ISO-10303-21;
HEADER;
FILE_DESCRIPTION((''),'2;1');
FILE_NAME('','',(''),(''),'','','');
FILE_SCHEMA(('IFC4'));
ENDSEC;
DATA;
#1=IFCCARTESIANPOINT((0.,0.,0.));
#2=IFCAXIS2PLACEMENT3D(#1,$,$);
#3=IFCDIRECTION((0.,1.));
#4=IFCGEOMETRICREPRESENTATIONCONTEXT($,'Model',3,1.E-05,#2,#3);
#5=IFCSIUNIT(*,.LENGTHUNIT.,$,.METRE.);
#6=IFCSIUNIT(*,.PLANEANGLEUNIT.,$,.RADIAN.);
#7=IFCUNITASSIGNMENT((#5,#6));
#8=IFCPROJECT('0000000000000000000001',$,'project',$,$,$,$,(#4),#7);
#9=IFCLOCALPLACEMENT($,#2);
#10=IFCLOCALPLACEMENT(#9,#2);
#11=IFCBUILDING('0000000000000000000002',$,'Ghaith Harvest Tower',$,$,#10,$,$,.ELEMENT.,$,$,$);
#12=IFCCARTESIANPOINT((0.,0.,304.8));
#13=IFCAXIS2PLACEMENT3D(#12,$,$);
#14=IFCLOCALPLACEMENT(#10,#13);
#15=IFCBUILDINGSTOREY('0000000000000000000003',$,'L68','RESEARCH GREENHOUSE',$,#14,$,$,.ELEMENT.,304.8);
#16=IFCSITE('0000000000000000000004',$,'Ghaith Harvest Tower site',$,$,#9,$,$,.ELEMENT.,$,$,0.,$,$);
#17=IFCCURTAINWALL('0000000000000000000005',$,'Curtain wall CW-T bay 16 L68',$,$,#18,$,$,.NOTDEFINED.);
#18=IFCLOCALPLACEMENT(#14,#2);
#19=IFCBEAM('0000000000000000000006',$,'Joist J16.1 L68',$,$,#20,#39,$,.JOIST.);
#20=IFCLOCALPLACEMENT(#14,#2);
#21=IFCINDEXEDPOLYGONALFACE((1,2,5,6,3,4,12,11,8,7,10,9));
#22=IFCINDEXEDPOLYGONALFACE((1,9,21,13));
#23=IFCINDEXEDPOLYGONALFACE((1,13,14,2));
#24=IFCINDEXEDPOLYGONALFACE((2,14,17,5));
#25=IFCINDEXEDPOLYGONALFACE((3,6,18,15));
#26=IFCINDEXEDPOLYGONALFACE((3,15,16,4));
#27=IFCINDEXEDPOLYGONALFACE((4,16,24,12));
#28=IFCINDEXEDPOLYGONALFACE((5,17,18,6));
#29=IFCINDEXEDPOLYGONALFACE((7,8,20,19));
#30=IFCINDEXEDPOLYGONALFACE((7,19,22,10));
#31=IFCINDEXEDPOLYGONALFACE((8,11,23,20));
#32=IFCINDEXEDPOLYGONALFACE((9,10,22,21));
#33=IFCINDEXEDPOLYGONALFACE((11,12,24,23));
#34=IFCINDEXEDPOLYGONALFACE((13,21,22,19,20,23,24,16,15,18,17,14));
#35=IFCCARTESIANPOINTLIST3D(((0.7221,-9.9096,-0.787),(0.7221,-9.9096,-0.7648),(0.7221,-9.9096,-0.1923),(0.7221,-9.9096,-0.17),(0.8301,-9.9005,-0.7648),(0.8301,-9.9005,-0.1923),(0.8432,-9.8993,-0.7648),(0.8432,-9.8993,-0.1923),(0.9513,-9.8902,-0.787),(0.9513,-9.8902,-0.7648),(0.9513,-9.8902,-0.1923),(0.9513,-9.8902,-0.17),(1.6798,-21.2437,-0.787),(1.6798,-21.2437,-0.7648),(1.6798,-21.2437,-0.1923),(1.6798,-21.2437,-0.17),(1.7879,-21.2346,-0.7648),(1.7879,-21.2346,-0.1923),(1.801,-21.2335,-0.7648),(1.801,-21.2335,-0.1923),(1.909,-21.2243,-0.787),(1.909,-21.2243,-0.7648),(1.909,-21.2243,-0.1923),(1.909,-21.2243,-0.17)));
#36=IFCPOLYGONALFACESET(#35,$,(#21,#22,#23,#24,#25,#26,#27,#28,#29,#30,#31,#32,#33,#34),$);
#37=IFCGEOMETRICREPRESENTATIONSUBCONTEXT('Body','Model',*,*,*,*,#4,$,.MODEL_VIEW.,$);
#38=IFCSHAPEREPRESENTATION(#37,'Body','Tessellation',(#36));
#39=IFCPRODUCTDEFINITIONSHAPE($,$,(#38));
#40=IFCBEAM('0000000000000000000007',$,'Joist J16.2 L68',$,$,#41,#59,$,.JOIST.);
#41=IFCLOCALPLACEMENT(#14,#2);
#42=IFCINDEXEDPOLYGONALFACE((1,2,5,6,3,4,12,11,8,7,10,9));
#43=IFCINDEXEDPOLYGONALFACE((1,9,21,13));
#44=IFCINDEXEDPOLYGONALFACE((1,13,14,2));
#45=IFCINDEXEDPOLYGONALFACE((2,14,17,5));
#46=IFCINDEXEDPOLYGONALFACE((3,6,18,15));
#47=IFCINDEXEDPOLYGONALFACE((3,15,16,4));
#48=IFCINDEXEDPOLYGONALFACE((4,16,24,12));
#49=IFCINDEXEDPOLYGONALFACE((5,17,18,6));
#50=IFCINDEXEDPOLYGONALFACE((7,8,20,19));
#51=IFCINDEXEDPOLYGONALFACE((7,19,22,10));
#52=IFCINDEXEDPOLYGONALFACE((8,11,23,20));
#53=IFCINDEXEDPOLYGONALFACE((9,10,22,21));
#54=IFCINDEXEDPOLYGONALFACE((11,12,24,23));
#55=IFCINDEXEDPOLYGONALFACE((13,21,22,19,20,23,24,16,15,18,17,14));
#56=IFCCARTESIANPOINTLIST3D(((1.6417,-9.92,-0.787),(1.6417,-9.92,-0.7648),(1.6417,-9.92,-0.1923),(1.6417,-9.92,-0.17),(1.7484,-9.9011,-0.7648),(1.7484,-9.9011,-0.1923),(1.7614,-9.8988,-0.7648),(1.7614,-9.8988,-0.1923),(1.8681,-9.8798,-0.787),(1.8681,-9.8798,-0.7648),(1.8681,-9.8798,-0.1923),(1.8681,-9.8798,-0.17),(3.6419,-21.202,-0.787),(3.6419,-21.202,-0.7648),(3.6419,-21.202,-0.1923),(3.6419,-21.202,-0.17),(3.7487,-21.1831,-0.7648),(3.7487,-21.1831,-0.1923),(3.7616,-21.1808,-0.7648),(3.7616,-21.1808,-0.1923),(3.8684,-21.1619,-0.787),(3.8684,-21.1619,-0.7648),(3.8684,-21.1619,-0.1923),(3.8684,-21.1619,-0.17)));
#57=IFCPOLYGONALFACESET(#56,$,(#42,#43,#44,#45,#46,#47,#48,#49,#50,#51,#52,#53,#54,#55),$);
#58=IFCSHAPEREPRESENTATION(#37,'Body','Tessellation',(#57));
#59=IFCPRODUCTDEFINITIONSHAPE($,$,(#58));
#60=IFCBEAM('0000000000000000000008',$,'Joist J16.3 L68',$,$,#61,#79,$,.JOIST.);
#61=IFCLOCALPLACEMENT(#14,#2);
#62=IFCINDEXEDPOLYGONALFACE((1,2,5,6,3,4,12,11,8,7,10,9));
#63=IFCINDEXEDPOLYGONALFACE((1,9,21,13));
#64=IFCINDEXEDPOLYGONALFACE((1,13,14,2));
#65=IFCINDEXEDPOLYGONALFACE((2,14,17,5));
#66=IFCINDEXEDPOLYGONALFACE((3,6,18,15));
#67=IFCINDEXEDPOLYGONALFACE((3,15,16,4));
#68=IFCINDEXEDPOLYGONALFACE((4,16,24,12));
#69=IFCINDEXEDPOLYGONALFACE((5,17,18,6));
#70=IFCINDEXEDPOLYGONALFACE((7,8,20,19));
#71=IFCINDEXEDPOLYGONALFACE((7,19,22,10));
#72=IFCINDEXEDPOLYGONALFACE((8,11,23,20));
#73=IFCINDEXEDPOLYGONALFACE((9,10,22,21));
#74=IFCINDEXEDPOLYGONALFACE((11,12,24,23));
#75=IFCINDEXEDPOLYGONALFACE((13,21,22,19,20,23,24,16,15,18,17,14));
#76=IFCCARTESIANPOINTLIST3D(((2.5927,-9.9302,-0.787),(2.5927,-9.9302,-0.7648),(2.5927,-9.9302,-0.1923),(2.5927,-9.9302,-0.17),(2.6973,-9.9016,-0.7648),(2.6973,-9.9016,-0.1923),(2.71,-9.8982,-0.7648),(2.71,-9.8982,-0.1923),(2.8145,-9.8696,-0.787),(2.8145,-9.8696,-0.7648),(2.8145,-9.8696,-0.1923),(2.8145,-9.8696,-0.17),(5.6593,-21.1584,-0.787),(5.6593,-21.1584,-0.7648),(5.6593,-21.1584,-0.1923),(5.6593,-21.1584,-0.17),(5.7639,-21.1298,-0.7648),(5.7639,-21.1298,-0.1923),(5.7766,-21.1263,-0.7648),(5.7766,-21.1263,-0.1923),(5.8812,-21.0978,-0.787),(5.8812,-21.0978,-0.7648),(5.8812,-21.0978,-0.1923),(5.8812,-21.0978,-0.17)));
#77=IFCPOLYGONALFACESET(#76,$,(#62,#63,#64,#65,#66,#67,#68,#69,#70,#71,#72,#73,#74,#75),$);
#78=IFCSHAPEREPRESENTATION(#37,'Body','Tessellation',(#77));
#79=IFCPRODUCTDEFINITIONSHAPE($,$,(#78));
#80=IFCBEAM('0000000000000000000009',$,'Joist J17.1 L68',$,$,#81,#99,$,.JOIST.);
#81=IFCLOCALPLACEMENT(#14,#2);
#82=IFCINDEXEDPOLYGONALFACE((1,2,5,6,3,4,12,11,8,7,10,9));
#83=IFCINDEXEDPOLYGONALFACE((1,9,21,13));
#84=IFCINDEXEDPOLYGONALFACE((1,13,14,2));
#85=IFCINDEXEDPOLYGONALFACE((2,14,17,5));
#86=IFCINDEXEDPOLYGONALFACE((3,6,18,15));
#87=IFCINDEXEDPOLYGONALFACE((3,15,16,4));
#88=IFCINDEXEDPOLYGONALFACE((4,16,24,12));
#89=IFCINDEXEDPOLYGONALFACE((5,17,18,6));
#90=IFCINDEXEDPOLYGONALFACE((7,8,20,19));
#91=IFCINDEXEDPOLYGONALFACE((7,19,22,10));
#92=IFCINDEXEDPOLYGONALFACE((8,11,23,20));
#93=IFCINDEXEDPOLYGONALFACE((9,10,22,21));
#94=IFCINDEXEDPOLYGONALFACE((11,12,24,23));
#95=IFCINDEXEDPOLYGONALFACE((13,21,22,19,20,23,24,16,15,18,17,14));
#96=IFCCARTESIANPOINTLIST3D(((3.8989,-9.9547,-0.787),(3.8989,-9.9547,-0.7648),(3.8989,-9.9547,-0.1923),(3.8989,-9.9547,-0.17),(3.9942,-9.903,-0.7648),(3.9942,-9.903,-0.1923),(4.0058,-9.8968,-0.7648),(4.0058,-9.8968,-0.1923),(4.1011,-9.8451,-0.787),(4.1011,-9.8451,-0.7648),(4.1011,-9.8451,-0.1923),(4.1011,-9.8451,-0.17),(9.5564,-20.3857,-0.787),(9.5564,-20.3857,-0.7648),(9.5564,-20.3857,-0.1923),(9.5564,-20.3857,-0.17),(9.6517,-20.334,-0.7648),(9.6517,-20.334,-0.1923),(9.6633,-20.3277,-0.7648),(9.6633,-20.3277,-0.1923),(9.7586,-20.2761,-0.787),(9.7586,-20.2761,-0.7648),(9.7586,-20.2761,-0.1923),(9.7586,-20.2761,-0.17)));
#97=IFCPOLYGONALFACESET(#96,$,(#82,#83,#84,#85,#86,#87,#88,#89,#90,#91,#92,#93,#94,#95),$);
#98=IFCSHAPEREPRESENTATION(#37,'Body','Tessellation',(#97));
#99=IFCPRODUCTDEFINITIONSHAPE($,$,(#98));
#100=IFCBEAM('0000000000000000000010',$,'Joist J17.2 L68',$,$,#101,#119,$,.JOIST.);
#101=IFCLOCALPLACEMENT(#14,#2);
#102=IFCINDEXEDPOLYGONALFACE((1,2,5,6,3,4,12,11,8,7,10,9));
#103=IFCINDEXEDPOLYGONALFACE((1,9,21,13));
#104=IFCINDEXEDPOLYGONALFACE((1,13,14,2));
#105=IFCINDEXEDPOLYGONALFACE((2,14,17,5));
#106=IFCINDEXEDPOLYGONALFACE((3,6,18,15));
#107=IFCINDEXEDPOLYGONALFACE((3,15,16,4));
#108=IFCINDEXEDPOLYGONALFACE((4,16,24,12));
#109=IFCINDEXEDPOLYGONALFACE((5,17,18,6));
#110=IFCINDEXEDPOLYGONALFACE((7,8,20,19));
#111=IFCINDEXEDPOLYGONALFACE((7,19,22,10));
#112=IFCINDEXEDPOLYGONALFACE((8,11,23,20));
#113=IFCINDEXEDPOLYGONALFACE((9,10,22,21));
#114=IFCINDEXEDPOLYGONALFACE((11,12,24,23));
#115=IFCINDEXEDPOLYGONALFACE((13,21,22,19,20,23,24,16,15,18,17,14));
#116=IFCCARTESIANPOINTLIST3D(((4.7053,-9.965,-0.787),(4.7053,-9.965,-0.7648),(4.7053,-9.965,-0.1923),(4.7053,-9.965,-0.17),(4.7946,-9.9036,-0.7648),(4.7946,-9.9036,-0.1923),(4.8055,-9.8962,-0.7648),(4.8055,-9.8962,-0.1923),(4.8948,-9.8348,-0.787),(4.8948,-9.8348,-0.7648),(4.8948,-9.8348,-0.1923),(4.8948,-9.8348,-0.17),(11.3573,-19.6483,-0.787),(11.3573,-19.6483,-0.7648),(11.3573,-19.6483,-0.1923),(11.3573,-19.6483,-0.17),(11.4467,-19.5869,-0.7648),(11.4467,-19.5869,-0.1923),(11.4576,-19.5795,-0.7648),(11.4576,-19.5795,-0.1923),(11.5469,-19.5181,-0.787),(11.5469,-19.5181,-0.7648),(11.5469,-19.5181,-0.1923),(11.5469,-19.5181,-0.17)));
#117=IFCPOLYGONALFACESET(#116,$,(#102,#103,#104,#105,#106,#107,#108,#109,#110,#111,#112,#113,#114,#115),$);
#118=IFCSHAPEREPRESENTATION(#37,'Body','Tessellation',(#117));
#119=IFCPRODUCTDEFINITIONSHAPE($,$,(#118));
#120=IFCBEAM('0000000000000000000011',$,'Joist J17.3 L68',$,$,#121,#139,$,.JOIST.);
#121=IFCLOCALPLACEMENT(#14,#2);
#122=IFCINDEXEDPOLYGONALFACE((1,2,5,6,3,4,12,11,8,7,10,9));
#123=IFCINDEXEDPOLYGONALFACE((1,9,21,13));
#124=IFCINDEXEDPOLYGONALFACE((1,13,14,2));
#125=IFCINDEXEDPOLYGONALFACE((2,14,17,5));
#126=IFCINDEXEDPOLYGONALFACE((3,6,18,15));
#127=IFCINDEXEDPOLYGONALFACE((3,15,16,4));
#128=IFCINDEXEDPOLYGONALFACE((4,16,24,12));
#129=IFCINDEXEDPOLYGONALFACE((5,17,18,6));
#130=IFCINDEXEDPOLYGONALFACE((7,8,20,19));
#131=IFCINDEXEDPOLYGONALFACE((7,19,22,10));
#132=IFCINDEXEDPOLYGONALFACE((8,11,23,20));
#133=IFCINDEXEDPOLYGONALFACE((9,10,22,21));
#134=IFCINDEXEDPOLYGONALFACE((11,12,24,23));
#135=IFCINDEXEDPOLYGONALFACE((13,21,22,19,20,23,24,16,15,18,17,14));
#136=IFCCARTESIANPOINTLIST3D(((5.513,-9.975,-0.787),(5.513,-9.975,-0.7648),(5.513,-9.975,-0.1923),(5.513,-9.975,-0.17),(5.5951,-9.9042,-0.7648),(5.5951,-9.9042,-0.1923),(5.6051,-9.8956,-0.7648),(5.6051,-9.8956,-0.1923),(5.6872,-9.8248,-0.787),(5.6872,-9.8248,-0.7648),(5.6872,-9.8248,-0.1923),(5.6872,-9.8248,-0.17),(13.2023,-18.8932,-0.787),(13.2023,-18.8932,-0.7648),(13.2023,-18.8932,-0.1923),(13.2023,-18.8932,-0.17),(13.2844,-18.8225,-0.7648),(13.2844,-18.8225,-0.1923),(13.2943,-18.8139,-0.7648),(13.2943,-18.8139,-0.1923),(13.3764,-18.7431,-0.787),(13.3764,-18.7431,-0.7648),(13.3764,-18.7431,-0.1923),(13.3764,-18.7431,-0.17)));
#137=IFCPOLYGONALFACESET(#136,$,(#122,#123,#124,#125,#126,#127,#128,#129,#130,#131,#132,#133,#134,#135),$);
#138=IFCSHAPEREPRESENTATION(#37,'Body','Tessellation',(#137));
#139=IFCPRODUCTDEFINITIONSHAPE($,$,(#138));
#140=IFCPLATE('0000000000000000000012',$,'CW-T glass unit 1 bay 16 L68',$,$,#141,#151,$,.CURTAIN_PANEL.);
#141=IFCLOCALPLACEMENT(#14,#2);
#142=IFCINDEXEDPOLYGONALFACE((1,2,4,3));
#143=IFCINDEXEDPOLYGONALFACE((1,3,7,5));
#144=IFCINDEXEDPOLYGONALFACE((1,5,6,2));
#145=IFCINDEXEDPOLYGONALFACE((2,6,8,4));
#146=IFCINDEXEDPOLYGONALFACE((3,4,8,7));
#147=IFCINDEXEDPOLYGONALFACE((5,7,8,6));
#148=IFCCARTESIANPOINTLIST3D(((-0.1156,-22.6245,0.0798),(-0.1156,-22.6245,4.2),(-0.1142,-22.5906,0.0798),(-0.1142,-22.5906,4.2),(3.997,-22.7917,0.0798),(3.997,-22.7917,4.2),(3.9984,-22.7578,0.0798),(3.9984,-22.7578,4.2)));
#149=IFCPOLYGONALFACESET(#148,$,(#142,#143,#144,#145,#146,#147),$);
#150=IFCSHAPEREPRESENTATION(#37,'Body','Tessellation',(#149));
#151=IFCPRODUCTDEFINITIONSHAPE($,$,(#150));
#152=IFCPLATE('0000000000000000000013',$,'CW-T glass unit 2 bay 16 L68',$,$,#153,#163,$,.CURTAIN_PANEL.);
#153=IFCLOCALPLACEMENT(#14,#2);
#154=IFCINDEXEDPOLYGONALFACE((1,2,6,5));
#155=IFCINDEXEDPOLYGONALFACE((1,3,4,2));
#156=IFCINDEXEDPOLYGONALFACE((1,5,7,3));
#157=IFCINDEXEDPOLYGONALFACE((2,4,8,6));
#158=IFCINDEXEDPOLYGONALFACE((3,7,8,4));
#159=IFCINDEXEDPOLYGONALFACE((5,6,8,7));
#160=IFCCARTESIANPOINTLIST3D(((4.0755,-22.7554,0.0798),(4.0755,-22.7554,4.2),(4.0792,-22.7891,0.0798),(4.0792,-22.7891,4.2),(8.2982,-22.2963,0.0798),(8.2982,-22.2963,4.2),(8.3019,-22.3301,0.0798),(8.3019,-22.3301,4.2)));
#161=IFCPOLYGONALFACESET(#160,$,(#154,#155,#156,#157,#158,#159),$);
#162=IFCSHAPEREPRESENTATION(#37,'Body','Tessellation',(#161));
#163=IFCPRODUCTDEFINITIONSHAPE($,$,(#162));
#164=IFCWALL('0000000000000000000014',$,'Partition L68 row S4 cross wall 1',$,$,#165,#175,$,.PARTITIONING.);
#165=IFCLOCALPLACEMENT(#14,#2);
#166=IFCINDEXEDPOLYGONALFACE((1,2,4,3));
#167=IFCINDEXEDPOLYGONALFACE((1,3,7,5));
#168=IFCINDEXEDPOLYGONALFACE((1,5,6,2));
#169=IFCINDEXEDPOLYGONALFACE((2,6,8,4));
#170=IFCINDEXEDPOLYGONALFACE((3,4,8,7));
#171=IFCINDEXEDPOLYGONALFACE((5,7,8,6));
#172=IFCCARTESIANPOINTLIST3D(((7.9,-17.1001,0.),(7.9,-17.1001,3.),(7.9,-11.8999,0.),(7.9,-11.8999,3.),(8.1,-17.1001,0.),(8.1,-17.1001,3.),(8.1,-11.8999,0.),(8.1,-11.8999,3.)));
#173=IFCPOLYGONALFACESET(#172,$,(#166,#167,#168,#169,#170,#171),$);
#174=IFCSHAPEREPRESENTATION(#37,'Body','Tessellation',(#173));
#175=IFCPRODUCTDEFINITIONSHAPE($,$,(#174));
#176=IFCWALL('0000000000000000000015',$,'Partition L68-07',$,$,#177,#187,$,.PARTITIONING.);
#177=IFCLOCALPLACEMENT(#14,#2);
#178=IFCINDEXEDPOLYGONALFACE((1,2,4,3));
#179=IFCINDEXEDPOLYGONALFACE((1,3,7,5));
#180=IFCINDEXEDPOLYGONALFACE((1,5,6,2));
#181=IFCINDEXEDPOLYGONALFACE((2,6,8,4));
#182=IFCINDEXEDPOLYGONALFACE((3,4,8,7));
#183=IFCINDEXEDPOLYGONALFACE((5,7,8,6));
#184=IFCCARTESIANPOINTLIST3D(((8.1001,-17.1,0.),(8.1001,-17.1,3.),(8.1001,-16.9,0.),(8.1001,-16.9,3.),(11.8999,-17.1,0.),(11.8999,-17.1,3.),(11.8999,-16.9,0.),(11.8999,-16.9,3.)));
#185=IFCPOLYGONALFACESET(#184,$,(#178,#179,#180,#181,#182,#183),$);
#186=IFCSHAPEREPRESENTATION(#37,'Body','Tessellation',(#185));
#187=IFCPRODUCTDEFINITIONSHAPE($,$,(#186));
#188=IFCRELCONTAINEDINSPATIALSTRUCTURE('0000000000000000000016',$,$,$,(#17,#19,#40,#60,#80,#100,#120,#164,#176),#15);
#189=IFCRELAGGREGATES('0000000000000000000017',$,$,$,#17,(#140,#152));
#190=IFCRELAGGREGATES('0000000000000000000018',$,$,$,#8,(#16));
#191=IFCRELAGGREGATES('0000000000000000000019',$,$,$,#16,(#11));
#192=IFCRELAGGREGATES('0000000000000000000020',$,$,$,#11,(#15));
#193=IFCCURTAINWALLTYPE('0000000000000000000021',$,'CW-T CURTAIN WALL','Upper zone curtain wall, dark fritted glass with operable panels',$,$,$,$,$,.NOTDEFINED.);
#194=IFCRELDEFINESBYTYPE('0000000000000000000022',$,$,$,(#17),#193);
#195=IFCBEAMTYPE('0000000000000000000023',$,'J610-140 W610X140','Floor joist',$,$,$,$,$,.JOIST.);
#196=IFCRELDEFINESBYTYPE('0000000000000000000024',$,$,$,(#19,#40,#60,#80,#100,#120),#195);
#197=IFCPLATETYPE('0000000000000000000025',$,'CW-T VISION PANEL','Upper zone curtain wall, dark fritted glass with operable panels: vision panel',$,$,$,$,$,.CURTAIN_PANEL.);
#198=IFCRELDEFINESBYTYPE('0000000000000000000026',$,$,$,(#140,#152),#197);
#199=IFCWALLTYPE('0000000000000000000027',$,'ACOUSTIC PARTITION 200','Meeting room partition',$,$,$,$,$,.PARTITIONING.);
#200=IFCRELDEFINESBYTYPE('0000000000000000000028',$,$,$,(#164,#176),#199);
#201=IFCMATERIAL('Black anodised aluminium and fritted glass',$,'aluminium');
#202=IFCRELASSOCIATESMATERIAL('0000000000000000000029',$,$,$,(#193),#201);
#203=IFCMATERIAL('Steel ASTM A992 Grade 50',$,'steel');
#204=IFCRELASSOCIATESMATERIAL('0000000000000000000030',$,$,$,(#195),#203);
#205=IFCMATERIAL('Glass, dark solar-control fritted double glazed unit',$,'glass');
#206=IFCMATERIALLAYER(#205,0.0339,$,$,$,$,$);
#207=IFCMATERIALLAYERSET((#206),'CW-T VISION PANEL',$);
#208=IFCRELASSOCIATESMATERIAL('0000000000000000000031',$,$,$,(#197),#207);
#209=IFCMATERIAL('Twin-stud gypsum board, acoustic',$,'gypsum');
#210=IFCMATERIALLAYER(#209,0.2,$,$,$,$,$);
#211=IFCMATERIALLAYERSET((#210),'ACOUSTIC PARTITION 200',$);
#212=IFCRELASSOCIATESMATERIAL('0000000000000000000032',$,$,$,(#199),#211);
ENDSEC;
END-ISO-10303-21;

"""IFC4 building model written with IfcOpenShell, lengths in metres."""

from ifc_helpers import new_model, si_unit, direction, frame, frame_2d, origin, origin_2d, place, context, subcontext, project, spatial, rectangle, i_section, extrude, material, layer, layer_set, material_profile, profile_set, type_object, element, aggregate, save


model = new_model("IFC4")

# Units and contexts
model_context = context("Model", 3, precision=1e-05, world=origin(), true_north=direction((0.0, 1.0)))
body_context = subcontext(model_context, "Body", "Model", "MODEL_VIEW")
ifc_project = project(units=[si_unit("LENGTHUNIT", "METRE"), si_unit("PLANEANGLEUNIT", "RADIAN")], contexts=[model_context])

# Site, building, storey
site_placement = place(None, origin())
site = spatial("IfcSite", under=ifc_project, at=site_placement, Name="Ghaith Harvest Tower site", CompositionType="ELEMENT", RefElevation=0.0)
building_placement = place(site_placement, origin())
building = spatial("IfcBuilding", under=site, at=building_placement, Name="Ghaith Harvest Tower", CompositionType="ELEMENT")
storey_placement = place(building_placement, frame((0.0, 0.0, 304.8)))
storey = spatial("IfcBuildingStorey", under=building, at=storey_placement, Name="L68", Description="RESEARCH GREENHOUSE", CompositionType="ELEMENT", Elevation=304.8)

# Curtain wall
ifc_material_1 = material(Name="Black anodised aluminium and fritted glass", Category="aluminium")
curtain_wall_type = type_object("IfcCurtainWallType", Name="CW-T CURTAIN WALL", Description="Upper zone curtain wall, dark fritted glass with operable panels", PredefinedType="NOTDEFINED", material=ifc_material_1)
curtain_wall_1_placement = place(storey_placement, origin())
curtain_wall_1 = element("IfcCurtainWall", 1, at=curtain_wall_1_placement, inside=storey, type_object=curtain_wall_type, Name="Curtain wall CW-T bay 16 L68", PredefinedType="NOTDEFINED")

# Beams
ifc_material_2 = material(Name="Steel ASTM A992 Grade 50", Category="steel")
ifc_material_profile_1 = material_profile(ifc_material_2, i_section(OverallWidth=0.23, OverallDepth=0.6169, WebThickness=0.0132, FlangeThickness=0.0222, at=origin_2d()), Name="W610X140")
ifc_profile_set_1 = profile_set([ifc_material_profile_1], Name="Steel ASTM A992 Grade 50")
beam_type_1 = type_object("IfcBeamType", Name="J610-140 W610X140", Description="Floor joist", PredefinedType="JOIST", material=ifc_profile_set_1)
beam_1_placement = place(storey_placement, frame((0.8367, -9.8999, -0.4785), z_axis=(0.084202, -0.996449, 0.0), x_axis=(0.996449, 0.084202, 0.0)))
element("IfcBeam", 2, at=beam_1_placement, inside=storey, type_object=beam_type_1, Name="Joist J16.1 L68", PredefinedType="JOIST", context=body_context, shape_type="SweptSolid", body=[
    extrude(i_section(OverallWidth=0.23, OverallDepth=0.6169, WebThickness=0.0132, FlangeThickness=0.0222, at=origin_2d()), origin(), (0.0, 0.0, 1.0), 11.3745),
])
beam_2_placement = place(storey_placement, frame((1.7549, -9.8999, -0.4785), z_axis=(0.174573, -0.984644, 0.0), x_axis=(0.984644, 0.174573, 0.0)))
element("IfcBeam", 3, at=beam_2_placement, inside=storey, type_object=beam_type_1, Name="Joist J16.2 L68", PredefinedType="JOIST", context=body_context, shape_type="SweptSolid", body=[
    extrude(i_section(OverallWidth=0.23, OverallDepth=0.6169, WebThickness=0.0132, FlangeThickness=0.0222, at=origin_2d()), origin(), (0.0, 0.0, 1.0), 11.458),
])
beam_3_placement = place(storey_placement, frame((2.7036, -9.8999, -0.4785), z_axis=(0.263469, -0.964668, 0.0), x_axis=(0.964668, 0.263469, 0.0)))
element("IfcBeam", 4, at=beam_3_placement, inside=storey, type_object=beam_type_1, Name="Joist J16.3 L68", PredefinedType="JOIST", context=body_context, shape_type="SweptSolid", body=[
    extrude(i_section(OverallWidth=0.23, OverallDepth=0.6169, WebThickness=0.0132, FlangeThickness=0.0222, at=origin_2d()), origin(), (0.0, 0.0, 1.0), 11.6394),
])
beam_4_placement = place(storey_placement, frame((4.0, -9.8999, -0.4785), z_axis=(0.476765, -0.879031, 0.0), x_axis=(0.879031, 0.476765, 0.0)))
element("IfcBeam", 5, at=beam_4_placement, inside=storey, type_object=beam_type_1, Name="Joist J17.1 L68", PredefinedType="JOIST", context=body_context, shape_type="SweptSolid", body=[
    extrude(i_section(OverallWidth=0.23, OverallDepth=0.6169, WebThickness=0.0132, FlangeThickness=0.0222, at=origin_2d()), origin(), (0.0, 0.0, 1.0), 11.8665),
])
beam_5_placement = place(storey_placement, frame((4.8, -9.8999, -0.4785), z_axis=(0.566228, -0.824249, 0.0), x_axis=(0.824249, 0.566228, 0.0)))
element("IfcBeam", 6, at=beam_5_placement, inside=storey, type_object=beam_type_1, Name="Joist J17.2 L68", PredefinedType="JOIST", context=body_context, shape_type="SweptSolid", body=[
    extrude(i_section(OverallWidth=0.23, OverallDepth=0.6169, WebThickness=0.0132, FlangeThickness=0.0222, at=origin_2d()), origin(), (0.0, 0.0, 1.0), 11.748),
])
beam_6_placement = place(storey_placement, frame((5.6001, -9.8999, -0.4785), z_axis=(0.652993, -0.757364, 0.0), x_axis=(0.757364, 0.652993, 0.0)))
element("IfcBeam", 7, at=beam_6_placement, inside=storey, type_object=beam_type_1, Name="Joist J17.3 L68", PredefinedType="JOIST", context=body_context, shape_type="SweptSolid", body=[
    extrude(i_section(OverallWidth=0.23, OverallDepth=0.6169, WebThickness=0.0132, FlangeThickness=0.0222, at=origin_2d()), origin(), (0.0, 0.0, 1.0), 11.7754),
])

# Plates
ifc_material_3 = material(Name="Glass, dark solar-control fritted double glazed unit", Category="glass")
ifc_layer_1 = layer(ifc_material_3, 0.0339)
ifc_layer_set_1 = layer_set([ifc_layer_1], Name="CW-T VISION PANEL")
plate_type = type_object("IfcPlateType", Name="CW-T VISION PANEL", Description="Upper zone curtain wall, dark fritted glass with operable panels: vision panel", PredefinedType="CURTAIN_PANEL", material=ifc_layer_set_1)
plate_1_placement = place(storey_placement, frame((1.9414, -22.6912, 0.0798), z_axis=(0.0, 0.0, 1.0), x_axis=(0.999174, -0.040638, 0.0)))
plate_1 = element("IfcPlate", 8, at=plate_1_placement, type_object=plate_type, Name="CW-T glass unit 1 bay 16 L68", PredefinedType="CURTAIN_PANEL", context=body_context, shape_type="SweptSolid", body=[
    extrude(rectangle(XDim=4.116, YDim=0.0339, at=origin_2d()), origin(), (0.0, 0.0, 1.0), 4.1201),
])
plate_2_placement = place(storey_placement, frame((6.1887, -22.5427, 0.0798), z_axis=(0.0, 0.0, 1.0), x_axis=(0.994143, 0.108074, 0.0)))
plate_2 = element("IfcPlate", 9, at=plate_2_placement, type_object=plate_type, Name="CW-T glass unit 2 bay 16 L68", PredefinedType="CURTAIN_PANEL", context=body_context, shape_type="SweptSolid", body=[
    extrude(rectangle(XDim=4.2476, YDim=0.0339, at=origin_2d()), origin(), (0.0, 0.0, 1.0), 4.1201),
])
aggregate(curtain_wall_1, [plate_1, plate_2])

# Wall
ifc_material_4 = material(Name="Twin-stud gypsum board, acoustic", Category="gypsum")
ifc_layer_2 = layer(ifc_material_4, 0.2)
ifc_layer_set_2 = layer_set([ifc_layer_2], Name="ACOUSTIC PARTITION 200")
wall_type_1 = type_object("IfcWallType", Name="ACOUSTIC PARTITION 200", Description="Meeting room partition", PredefinedType="PARTITIONING", material=ifc_layer_set_2)
wall_1_placement = place(storey_placement, frame((8.0, -11.8999, 0.0), z_axis=(0.0, 0.0, 1.0), x_axis=(0.0, -1.0, 0.0)))
element("IfcWall", 10, at=wall_1_placement, inside=storey, type_object=wall_type_1, Name="Partition L68 row S4 cross wall 1", PredefinedType="PARTITIONING", context=body_context, shape_type="SweptSolid", body=[
    extrude(rectangle(XDim=5.2002, YDim=0.2, at=frame_2d((2.6001, 0.0))), origin(), (0.0, 0.0, 1.0), 3.0),
])

# Wall
wall_2_placement = place(storey_placement, frame((8.1001, -17.0, 0.0), z_axis=(0.0, 0.0, 1.0), x_axis=(1.0, 0.0, 0.0)))
element("IfcWall", 11, at=wall_2_placement, inside=storey, type_object=wall_type_1, Name="Partition L68-07", PredefinedType="PARTITIONING", context=body_context, shape_type="SweptSolid", body=[
    extrude(rectangle(XDim=3.7998, YDim=0.2, at=frame_2d((1.8999, 0.0))), origin(), (0.0, 0.0, 1.0), 3.0),
])

save(model, "model.ifc")
